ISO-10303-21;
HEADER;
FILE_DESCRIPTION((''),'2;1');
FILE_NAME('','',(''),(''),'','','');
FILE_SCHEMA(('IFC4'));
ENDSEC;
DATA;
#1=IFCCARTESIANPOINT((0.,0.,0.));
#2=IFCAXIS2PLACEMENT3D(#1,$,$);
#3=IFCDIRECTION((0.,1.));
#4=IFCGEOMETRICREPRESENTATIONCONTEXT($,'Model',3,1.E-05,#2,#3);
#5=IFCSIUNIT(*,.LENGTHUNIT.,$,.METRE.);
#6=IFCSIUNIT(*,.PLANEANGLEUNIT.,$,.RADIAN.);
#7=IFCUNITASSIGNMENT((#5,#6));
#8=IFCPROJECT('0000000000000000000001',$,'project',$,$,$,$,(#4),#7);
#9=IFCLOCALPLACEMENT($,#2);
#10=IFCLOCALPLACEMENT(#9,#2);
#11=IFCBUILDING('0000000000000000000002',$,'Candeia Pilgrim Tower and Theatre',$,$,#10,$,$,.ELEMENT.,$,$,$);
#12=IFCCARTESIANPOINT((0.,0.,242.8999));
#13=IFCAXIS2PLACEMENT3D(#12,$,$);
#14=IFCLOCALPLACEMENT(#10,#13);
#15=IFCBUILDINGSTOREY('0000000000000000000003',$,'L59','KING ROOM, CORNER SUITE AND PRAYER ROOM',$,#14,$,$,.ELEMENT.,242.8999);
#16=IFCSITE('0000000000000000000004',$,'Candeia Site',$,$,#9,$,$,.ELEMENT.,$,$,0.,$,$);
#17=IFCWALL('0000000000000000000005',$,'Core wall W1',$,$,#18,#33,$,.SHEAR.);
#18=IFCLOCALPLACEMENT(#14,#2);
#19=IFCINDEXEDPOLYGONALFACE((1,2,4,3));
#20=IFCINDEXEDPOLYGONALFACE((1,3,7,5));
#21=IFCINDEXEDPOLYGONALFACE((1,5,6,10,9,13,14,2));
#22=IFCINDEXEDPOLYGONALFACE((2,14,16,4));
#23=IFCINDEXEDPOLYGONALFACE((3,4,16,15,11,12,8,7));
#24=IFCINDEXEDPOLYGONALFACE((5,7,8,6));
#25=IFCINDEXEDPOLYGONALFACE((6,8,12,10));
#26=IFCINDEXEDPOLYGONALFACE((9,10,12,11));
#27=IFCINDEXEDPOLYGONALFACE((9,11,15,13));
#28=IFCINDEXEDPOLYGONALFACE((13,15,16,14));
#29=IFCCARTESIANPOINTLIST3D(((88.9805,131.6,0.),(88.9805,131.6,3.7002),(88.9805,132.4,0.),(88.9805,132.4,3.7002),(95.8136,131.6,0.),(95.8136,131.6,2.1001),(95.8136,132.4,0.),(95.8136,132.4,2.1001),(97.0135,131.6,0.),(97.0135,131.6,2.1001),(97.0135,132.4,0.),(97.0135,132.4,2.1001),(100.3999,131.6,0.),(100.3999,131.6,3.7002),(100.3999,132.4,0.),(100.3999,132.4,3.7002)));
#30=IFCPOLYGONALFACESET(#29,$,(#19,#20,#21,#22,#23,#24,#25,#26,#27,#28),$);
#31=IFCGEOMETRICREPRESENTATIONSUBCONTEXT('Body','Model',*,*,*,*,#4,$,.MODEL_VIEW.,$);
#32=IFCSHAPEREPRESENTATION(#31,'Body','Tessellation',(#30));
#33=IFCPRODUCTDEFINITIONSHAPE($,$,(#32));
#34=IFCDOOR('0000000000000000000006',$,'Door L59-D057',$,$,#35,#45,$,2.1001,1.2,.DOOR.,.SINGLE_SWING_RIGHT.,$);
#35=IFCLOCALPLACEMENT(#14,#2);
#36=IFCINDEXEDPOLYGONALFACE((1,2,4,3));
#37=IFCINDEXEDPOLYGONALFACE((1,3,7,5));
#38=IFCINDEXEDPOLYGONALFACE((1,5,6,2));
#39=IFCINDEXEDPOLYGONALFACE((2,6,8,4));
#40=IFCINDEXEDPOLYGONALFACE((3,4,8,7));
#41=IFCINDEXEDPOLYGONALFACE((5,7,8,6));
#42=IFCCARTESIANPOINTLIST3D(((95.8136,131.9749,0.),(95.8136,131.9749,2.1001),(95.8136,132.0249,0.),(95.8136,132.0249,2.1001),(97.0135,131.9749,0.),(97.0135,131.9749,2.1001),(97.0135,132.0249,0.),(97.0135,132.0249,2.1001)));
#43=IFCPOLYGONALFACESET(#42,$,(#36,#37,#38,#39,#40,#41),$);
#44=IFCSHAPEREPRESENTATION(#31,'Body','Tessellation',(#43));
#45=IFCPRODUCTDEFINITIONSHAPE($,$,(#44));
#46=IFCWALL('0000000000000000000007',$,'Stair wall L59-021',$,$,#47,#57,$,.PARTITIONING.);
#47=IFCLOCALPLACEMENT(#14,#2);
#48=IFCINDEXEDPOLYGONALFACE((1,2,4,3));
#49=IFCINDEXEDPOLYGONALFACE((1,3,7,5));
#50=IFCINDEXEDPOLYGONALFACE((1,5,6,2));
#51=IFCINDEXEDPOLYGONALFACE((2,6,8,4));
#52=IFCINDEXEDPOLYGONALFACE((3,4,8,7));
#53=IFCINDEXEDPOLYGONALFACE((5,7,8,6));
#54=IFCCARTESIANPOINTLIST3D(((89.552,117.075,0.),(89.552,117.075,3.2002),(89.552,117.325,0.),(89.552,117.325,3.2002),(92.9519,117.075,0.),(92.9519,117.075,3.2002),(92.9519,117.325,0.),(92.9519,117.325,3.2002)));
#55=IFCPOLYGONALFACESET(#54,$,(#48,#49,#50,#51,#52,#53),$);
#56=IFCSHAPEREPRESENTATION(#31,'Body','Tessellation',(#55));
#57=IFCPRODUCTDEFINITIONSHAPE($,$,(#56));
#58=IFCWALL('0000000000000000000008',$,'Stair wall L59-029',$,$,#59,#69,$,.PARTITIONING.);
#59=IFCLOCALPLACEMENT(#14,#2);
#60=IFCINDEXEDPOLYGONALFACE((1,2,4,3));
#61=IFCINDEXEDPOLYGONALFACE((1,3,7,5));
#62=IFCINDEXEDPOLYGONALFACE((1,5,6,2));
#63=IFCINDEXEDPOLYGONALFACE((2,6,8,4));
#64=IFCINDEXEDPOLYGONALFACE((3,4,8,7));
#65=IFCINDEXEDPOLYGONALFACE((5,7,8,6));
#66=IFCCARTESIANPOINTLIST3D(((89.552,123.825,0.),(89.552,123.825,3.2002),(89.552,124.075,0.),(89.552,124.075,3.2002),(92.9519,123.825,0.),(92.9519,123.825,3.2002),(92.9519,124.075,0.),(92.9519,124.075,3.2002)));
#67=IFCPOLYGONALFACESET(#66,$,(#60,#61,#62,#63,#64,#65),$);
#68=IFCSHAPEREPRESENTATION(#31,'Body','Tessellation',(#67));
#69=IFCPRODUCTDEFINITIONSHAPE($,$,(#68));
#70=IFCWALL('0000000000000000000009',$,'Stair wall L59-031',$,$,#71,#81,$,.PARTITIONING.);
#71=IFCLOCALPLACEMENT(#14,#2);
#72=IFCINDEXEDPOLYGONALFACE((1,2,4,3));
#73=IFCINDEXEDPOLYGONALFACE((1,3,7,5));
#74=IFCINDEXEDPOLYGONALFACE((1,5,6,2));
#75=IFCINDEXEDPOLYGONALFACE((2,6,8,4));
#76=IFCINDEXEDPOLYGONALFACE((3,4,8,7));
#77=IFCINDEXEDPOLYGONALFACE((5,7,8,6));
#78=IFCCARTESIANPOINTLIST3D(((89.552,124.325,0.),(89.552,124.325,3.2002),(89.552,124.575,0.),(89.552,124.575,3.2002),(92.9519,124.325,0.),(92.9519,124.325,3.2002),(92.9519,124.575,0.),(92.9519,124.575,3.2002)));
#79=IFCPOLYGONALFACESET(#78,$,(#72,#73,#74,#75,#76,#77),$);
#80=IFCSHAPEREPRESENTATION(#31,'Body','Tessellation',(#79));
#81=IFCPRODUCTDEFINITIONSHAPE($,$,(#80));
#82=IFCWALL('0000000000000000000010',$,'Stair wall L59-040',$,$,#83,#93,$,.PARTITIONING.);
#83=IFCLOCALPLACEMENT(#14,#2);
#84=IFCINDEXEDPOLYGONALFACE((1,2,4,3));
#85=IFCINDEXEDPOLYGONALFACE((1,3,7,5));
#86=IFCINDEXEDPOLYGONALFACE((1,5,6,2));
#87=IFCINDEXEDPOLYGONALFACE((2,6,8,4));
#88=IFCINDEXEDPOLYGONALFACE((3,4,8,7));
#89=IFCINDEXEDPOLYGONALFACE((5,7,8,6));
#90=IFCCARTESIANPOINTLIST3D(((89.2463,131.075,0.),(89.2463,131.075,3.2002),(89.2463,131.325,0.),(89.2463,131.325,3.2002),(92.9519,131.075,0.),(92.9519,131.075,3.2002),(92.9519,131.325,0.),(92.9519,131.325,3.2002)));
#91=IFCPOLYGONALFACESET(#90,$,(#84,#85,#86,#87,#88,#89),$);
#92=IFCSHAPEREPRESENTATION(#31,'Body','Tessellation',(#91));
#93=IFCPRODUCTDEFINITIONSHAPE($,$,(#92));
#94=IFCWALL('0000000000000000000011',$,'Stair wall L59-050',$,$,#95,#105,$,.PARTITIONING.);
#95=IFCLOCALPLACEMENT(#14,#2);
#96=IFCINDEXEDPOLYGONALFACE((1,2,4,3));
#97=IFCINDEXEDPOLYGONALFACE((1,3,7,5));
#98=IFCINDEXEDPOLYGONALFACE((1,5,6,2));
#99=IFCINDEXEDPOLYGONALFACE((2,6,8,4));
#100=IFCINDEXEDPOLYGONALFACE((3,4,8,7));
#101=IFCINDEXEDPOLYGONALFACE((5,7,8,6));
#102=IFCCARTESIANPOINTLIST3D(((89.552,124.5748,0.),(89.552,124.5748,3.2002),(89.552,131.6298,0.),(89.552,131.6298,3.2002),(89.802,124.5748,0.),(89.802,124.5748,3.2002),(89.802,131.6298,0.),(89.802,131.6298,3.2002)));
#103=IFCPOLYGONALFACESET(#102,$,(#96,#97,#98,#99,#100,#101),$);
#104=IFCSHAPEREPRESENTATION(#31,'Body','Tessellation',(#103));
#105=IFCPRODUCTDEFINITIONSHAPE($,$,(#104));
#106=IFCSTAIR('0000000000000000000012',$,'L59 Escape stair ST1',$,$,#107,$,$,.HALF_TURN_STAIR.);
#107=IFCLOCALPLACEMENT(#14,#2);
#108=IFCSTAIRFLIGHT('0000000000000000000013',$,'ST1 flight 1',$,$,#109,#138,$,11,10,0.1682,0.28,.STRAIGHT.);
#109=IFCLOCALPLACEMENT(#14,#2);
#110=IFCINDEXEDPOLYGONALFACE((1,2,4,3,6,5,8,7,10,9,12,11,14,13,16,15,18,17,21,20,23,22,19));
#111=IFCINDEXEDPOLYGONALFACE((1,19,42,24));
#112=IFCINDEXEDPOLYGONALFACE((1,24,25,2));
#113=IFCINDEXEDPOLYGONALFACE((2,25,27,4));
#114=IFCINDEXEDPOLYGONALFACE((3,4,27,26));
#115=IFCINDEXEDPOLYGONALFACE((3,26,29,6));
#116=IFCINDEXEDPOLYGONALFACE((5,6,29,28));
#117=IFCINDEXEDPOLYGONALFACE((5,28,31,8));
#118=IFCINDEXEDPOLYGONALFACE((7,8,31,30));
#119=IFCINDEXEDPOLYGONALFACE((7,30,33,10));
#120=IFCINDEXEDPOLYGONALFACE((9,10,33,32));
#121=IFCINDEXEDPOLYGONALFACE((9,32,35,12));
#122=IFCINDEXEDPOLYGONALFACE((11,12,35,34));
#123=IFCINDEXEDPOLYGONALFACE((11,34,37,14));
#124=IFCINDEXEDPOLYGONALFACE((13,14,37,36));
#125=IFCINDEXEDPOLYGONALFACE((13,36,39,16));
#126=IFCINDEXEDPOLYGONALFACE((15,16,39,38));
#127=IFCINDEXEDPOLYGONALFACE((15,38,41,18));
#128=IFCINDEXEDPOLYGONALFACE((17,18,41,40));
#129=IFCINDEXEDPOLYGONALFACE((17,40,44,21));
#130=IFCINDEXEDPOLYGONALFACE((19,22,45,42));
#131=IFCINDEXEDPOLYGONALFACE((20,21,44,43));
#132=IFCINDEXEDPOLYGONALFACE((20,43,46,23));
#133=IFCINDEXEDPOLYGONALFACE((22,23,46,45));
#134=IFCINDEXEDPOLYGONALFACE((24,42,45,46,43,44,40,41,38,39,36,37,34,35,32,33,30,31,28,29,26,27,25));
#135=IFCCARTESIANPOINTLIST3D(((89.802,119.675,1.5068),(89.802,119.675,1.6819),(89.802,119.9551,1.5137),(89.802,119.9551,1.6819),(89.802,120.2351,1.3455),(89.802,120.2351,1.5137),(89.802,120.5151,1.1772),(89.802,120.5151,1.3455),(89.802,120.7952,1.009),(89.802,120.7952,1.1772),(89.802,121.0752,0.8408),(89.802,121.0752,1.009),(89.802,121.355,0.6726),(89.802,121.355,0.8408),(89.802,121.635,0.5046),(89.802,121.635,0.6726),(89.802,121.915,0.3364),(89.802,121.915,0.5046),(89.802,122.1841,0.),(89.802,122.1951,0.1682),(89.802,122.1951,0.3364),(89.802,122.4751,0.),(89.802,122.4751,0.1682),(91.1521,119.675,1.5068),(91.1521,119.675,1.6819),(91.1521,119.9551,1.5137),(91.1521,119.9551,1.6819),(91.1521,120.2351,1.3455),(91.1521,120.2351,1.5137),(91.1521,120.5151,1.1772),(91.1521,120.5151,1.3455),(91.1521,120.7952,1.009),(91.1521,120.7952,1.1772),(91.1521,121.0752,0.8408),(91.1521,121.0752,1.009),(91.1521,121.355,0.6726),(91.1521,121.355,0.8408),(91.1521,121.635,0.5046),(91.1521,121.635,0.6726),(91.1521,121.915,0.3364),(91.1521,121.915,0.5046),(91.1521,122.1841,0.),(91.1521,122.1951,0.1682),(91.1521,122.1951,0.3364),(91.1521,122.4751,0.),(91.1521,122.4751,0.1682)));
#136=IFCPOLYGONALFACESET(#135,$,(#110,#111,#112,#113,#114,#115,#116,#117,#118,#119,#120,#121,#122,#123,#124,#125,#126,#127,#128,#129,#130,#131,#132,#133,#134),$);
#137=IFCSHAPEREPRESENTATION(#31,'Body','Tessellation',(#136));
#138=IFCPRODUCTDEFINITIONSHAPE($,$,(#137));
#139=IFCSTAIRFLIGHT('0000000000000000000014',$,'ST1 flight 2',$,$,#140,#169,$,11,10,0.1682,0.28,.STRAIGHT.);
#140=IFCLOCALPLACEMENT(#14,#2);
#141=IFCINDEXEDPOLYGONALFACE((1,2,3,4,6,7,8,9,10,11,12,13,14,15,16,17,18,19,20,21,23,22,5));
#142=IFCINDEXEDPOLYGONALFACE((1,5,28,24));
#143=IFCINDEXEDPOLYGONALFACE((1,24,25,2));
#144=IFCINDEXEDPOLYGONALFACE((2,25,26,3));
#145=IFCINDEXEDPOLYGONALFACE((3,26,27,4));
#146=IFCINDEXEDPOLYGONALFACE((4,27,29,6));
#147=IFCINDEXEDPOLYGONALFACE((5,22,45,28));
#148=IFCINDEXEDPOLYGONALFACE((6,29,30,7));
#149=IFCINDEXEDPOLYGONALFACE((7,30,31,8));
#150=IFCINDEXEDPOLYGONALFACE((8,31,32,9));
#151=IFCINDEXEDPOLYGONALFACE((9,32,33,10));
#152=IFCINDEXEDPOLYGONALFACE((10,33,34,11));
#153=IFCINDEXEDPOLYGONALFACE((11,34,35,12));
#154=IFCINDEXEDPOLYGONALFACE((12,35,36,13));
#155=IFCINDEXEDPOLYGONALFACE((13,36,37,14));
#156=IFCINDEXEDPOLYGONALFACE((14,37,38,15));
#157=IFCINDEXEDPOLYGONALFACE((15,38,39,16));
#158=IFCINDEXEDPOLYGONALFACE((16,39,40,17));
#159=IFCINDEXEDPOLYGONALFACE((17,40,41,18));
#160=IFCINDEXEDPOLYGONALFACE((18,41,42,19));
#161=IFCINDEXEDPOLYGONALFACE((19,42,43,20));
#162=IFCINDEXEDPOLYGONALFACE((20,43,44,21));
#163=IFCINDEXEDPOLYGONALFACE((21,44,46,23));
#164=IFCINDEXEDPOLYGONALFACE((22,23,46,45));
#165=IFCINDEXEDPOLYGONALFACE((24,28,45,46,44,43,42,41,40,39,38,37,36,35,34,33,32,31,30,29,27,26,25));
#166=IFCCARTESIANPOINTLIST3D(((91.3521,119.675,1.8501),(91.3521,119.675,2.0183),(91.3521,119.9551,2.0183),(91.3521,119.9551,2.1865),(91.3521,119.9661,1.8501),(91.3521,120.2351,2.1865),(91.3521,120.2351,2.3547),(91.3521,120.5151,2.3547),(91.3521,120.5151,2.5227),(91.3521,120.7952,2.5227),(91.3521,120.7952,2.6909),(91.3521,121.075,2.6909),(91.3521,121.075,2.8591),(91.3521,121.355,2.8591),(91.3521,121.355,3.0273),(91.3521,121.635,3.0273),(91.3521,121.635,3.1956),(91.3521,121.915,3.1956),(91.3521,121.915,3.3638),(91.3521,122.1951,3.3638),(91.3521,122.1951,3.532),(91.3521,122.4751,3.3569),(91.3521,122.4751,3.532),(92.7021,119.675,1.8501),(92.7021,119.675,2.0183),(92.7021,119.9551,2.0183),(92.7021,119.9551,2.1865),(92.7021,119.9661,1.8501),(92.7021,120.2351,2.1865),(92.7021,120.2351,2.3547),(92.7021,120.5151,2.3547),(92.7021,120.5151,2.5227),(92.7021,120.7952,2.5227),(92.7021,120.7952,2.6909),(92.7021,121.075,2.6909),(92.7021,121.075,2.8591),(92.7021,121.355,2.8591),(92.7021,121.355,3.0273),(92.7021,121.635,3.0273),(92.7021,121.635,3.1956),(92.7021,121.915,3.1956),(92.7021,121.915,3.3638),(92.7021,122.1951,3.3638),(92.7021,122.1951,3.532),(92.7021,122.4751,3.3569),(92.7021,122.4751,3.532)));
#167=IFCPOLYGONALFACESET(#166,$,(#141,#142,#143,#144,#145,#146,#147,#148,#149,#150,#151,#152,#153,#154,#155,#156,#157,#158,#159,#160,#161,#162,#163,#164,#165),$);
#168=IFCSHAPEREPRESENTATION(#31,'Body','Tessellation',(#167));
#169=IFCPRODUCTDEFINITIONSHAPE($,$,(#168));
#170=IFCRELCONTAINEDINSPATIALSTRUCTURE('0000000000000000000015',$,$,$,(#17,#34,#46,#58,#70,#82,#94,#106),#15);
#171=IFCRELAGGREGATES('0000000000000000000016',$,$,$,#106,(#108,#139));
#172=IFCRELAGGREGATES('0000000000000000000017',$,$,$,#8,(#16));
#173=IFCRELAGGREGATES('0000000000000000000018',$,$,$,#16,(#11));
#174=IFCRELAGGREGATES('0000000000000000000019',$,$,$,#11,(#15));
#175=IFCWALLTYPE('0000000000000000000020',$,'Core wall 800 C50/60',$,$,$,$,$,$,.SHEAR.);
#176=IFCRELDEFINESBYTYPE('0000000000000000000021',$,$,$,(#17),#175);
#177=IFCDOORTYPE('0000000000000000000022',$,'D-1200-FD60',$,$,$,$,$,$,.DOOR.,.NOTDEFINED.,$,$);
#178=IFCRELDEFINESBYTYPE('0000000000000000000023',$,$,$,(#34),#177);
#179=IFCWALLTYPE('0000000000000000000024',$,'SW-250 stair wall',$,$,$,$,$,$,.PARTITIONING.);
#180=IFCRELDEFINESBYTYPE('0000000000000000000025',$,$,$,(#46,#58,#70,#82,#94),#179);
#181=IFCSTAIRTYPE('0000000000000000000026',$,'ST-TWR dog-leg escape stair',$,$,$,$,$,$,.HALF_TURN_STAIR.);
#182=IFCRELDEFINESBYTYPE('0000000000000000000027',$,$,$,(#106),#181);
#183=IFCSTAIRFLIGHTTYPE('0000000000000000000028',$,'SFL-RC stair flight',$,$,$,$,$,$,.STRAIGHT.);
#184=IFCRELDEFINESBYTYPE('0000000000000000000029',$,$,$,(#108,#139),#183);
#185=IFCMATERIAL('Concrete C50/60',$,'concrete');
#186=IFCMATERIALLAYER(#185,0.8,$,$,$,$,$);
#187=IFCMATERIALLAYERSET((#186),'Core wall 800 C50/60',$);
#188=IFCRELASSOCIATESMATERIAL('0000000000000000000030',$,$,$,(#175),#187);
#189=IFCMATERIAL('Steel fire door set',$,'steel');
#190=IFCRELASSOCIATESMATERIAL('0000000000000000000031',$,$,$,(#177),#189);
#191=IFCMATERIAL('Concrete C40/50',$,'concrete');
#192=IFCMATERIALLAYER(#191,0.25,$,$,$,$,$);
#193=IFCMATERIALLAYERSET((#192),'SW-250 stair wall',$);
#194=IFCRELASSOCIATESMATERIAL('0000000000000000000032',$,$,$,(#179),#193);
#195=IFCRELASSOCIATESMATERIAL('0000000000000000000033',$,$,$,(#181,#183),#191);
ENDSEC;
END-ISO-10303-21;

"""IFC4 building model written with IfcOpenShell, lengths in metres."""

from ifc_helpers import new_model, si_unit, direction, frame, frame_2d, origin, place, context, subcontext, project, spatial, polyline, rectangle, outline, extrude, material, layer, layer_set, type_object, element, fill, aggregate, save


model = new_model("IFC4")

# Units and contexts
model_context = context("Model", 3, precision=1e-05, world=origin(), true_north=direction((0.0, 1.0)))
body_context = subcontext(model_context, "Body", "Model", "MODEL_VIEW")
ifc_project = project(units=[si_unit("LENGTHUNIT", "METRE"), si_unit("PLANEANGLEUNIT", "RADIAN")], contexts=[model_context])

# Site, building, storey
site_placement = place(None, origin())
site = spatial("IfcSite", under=ifc_project, at=site_placement, Name="Candeia Site", CompositionType="ELEMENT", RefElevation=0.0)
building_placement = place(site_placement, origin())
building = spatial("IfcBuilding", under=site, at=building_placement, Name="Candeia Pilgrim Tower and Theatre", CompositionType="ELEMENT")
storey_placement = place(building_placement, frame((0.0, 0.0, 242.8999)))
storey = spatial("IfcBuildingStorey", under=building, at=storey_placement, Name="L59", Description="KING ROOM, CORNER SUITE AND PRAYER ROOM", CompositionType="ELEMENT", Elevation=242.8999)

# Wall, opening, door
ifc_material_1 = material(Name="Concrete C50/60", Category="concrete")
ifc_layer_1 = layer(ifc_material_1, 0.8)
ifc_layer_set_1 = layer_set([ifc_layer_1], Name="Core wall 800 C50/60")
wall_type_1 = type_object("IfcWallType", Name="Core wall 800 C50/60", PredefinedType="SHEAR", material=ifc_layer_set_1)
wall_1_placement = place(storey_placement, frame((88.9805, 132.0, 0.0), z_axis=(0.0, 0.0, 1.0), x_axis=(1.0, 0.0, 0.0)))
wall_1 = element("IfcWall", 1, at=wall_1_placement, inside=storey, type_object=wall_type_1, Name="Core wall W1", PredefinedType="SHEAR", context=body_context, shape_type="SweptSolid", body=[
    extrude(rectangle(XDim=11.4194, YDim=0.8, at=frame_2d((5.7097, 0.0))), origin(), (0.0, 0.0, 1.0), 3.7002),
])
opening_placement = place(wall_1_placement, frame((6.833, 0.0, 0.0)))
opening = element("IfcOpeningElement", 2, at=opening_placement, cuts=wall_1, PredefinedType="OPENING", context=body_context, shape_type="SweptSolid", body=[
    extrude(rectangle(XDim=1.2, YDim=2.1001, at=frame_2d((0.6001, 1.05))), frame((0.0, 0.4102, 0.0), z_axis=(0.0, -1.0, 0.0), x_axis=(1.0, 0.0, 0.0)), (0.0, 0.0, 1.0), 0.8201),
])
ifc_material_2 = material(Name="Steel fire door set", Category="steel")
door_type = type_object("IfcDoorType", Name="D-1200-FD60", OperationType="NOTDEFINED", PredefinedType="DOOR", material=ifc_material_2)
door_placement = place(opening_placement, origin())
door = element("IfcDoor", 3, at=door_placement, inside=storey, type_object=door_type, Name="Door L59-D057", OperationType="SINGLE_SWING_RIGHT", OverallHeight=2.1001, OverallWidth=1.2, PredefinedType="DOOR", context=body_context, shape_type="SweptSolid", body=[
    extrude(rectangle(XDim=1.2, YDim=2.1001, at=frame_2d((0.6001, 1.05))), frame((0.0, 0.0249, 0.0), z_axis=(0.0, -1.0, 0.0), x_axis=(1.0, 0.0, 0.0)), (0.0, 0.0, 1.0), 0.05),
])
fill(opening, door)

# Walls
ifc_material_3 = material(Name="Concrete C40/50", Category="concrete")
ifc_layer_2 = layer(ifc_material_3, 0.25)
ifc_layer_set_2 = layer_set([ifc_layer_2], Name="SW-250 stair wall")
wall_type_2 = type_object("IfcWallType", Name="SW-250 stair wall", PredefinedType="PARTITIONING", material=ifc_layer_set_2)
for number, where, z_axis, x_axis, name in (
    (4, (89.552, 117.2, 0.0), (0.0, 0.0, 1.0), (1.0, 0.0, 0.0), "Stair wall L59-021"),
    (5, (89.552, 123.95, 0.0), (0.0, 0.0, 1.0), (1.0, 0.0, 0.0), "Stair wall L59-029"),
    (6, (89.552, 124.45, 0.0), (0.0, 0.0, 1.0), (1.0, 0.0, 0.0), "Stair wall L59-031"),
):
    element("IfcWall", number, at=place(storey_placement, frame(where, z_axis=z_axis, x_axis=x_axis)), inside=storey, type_object=wall_type_2, Name=name, PredefinedType="PARTITIONING", context=body_context, shape_type="SweptSolid", body=[
        extrude(rectangle(XDim=3.3999, YDim=0.25, at=frame_2d((1.7, 0.0))), origin(), (0.0, 0.0, 1.0), 3.2002),
    ])
wall_2_placement = place(storey_placement, frame((89.2463, 131.2, 0.0), z_axis=(0.0, 0.0, 1.0), x_axis=(1.0, 0.0, 0.0)))
element("IfcWall", 7, at=wall_2_placement, inside=storey, type_object=wall_type_2, Name="Stair wall L59-040", PredefinedType="PARTITIONING", context=body_context, shape_type="SweptSolid", body=[
    extrude(rectangle(XDim=3.7056, YDim=0.25, at=frame_2d((1.8528, 0.0))), origin(), (0.0, 0.0, 1.0), 3.2002),
])
wall_3_placement = place(storey_placement, frame((89.677, 124.575, 0.0), z_axis=(0.0, 0.0, 1.0), x_axis=(0.0, 1.0, 0.0)))
element("IfcWall", 8, at=wall_3_placement, inside=storey, type_object=wall_type_2, Name="Stair wall L59-050", PredefinedType="PARTITIONING", context=body_context, shape_type="SweptSolid", body=[
    extrude(rectangle(XDim=7.0549, YDim=0.25, at=frame_2d((3.5273, 0.0))), origin(), (0.0, 0.0, 1.0), 3.2002),
])

# Stair, stair flights
stair_type = type_object("IfcStairType", Name="ST-TWR dog-leg escape stair", PredefinedType="HALF_TURN_STAIR", material=ifc_material_3)
stair_1_placement = place(storey_placement, origin())
stair_1 = element("IfcStair", 9, at=stair_1_placement, inside=storey, type_object=stair_type, Name="L59 Escape stair ST1", PredefinedType="HALF_TURN_STAIR")
stair_flight_type = type_object("IfcStairFlightType", Name="SFL-RC stair flight", PredefinedType="STRAIGHT", material=ifc_material_3)
stair_flight_1_placement = place(storey_placement, frame((90.4771, 122.4751, 0.0), z_axis=(0.0, 0.0, 1.0), x_axis=(0.0, -1.0, 0.0)))
stair_flight_1 = element("IfcStairFlight", 10, at=stair_flight_1_placement, type_object=stair_flight_type, Name="ST1 flight 1", NumberOfRisers=11, NumberOfTreads=10, PredefinedType="STRAIGHT", RiserHeight=0.1682, TreadLength=0.28, context=body_context, shape_type="SweptSolid", body=[
    extrude(outline(polyline([(0.0, 0.0), (0.0, 0.1682), (0.28, 0.1682), (0.28, 0.3364), (0.5601, 0.3364), (0.5601, 0.5046), (0.8401, 0.5046), (0.8401, 0.6726), (1.1201, 0.6726), (1.1201, 0.8408), (1.3999, 0.8408), (1.3999, 1.009), (1.6799, 1.009), (1.6799, 1.1772), (1.96, 1.1772), (1.96, 1.3455), (2.24, 1.3455), (2.24, 1.5137), (2.52, 1.5137), (2.52, 1.6819), (2.8, 1.6819), (2.8, 1.8501), (2.8, 1.5068), (0.291, 0.0), (0.0, 0.0)])), frame((0.0, 0.675, 0.0), z_axis=(0.0, -1.0, 0.0), x_axis=(1.0, 0.0, 0.0)), (0.0, 0.0, 1.0), 1.3501),
])
stair_flight_2_placement = place(storey_placement, frame((92.0271, 119.675, 1.8501), z_axis=(0.0, 0.0, 1.0), x_axis=(0.0, 1.0, 0.0)))
stair_flight_2 = element("IfcStairFlight", 11, at=stair_flight_2_placement, type_object=stair_flight_type, Name="ST1 flight 2", NumberOfRisers=11, NumberOfTreads=10, PredefinedType="STRAIGHT", RiserHeight=0.1682, TreadLength=0.28, context=body_context, shape_type="SweptSolid", body=[
    extrude(outline(polyline([(0.0, 0.0), (0.0, 0.1682), (0.28, 0.1682), (0.28, 0.3364), (0.5601, 0.3364), (0.5601, 0.5046), (0.8401, 0.5046), (0.8401, 0.6726), (1.1201, 0.6726), (1.1201, 0.8408), (1.3999, 0.8408), (1.3999, 1.009), (1.6799, 1.009), (1.6799, 1.1772), (1.96, 1.1772), (1.96, 1.3455), (2.24, 1.3455), (2.24, 1.5137), (2.52, 1.5137), (2.52, 1.6819), (2.8, 1.6819), (2.8, 1.8501), (2.8, 1.5068), (0.291, 0.0), (0.0, 0.0)])), frame((0.0, 0.675, 0.0), z_axis=(0.0, -1.0, 0.0), x_axis=(1.0, 0.0, 0.0)), (0.0, 0.0, 1.0), 1.3501),
])
aggregate(stair_1, [stair_flight_1, stair_flight_2])

save(model, "model.ifc")
